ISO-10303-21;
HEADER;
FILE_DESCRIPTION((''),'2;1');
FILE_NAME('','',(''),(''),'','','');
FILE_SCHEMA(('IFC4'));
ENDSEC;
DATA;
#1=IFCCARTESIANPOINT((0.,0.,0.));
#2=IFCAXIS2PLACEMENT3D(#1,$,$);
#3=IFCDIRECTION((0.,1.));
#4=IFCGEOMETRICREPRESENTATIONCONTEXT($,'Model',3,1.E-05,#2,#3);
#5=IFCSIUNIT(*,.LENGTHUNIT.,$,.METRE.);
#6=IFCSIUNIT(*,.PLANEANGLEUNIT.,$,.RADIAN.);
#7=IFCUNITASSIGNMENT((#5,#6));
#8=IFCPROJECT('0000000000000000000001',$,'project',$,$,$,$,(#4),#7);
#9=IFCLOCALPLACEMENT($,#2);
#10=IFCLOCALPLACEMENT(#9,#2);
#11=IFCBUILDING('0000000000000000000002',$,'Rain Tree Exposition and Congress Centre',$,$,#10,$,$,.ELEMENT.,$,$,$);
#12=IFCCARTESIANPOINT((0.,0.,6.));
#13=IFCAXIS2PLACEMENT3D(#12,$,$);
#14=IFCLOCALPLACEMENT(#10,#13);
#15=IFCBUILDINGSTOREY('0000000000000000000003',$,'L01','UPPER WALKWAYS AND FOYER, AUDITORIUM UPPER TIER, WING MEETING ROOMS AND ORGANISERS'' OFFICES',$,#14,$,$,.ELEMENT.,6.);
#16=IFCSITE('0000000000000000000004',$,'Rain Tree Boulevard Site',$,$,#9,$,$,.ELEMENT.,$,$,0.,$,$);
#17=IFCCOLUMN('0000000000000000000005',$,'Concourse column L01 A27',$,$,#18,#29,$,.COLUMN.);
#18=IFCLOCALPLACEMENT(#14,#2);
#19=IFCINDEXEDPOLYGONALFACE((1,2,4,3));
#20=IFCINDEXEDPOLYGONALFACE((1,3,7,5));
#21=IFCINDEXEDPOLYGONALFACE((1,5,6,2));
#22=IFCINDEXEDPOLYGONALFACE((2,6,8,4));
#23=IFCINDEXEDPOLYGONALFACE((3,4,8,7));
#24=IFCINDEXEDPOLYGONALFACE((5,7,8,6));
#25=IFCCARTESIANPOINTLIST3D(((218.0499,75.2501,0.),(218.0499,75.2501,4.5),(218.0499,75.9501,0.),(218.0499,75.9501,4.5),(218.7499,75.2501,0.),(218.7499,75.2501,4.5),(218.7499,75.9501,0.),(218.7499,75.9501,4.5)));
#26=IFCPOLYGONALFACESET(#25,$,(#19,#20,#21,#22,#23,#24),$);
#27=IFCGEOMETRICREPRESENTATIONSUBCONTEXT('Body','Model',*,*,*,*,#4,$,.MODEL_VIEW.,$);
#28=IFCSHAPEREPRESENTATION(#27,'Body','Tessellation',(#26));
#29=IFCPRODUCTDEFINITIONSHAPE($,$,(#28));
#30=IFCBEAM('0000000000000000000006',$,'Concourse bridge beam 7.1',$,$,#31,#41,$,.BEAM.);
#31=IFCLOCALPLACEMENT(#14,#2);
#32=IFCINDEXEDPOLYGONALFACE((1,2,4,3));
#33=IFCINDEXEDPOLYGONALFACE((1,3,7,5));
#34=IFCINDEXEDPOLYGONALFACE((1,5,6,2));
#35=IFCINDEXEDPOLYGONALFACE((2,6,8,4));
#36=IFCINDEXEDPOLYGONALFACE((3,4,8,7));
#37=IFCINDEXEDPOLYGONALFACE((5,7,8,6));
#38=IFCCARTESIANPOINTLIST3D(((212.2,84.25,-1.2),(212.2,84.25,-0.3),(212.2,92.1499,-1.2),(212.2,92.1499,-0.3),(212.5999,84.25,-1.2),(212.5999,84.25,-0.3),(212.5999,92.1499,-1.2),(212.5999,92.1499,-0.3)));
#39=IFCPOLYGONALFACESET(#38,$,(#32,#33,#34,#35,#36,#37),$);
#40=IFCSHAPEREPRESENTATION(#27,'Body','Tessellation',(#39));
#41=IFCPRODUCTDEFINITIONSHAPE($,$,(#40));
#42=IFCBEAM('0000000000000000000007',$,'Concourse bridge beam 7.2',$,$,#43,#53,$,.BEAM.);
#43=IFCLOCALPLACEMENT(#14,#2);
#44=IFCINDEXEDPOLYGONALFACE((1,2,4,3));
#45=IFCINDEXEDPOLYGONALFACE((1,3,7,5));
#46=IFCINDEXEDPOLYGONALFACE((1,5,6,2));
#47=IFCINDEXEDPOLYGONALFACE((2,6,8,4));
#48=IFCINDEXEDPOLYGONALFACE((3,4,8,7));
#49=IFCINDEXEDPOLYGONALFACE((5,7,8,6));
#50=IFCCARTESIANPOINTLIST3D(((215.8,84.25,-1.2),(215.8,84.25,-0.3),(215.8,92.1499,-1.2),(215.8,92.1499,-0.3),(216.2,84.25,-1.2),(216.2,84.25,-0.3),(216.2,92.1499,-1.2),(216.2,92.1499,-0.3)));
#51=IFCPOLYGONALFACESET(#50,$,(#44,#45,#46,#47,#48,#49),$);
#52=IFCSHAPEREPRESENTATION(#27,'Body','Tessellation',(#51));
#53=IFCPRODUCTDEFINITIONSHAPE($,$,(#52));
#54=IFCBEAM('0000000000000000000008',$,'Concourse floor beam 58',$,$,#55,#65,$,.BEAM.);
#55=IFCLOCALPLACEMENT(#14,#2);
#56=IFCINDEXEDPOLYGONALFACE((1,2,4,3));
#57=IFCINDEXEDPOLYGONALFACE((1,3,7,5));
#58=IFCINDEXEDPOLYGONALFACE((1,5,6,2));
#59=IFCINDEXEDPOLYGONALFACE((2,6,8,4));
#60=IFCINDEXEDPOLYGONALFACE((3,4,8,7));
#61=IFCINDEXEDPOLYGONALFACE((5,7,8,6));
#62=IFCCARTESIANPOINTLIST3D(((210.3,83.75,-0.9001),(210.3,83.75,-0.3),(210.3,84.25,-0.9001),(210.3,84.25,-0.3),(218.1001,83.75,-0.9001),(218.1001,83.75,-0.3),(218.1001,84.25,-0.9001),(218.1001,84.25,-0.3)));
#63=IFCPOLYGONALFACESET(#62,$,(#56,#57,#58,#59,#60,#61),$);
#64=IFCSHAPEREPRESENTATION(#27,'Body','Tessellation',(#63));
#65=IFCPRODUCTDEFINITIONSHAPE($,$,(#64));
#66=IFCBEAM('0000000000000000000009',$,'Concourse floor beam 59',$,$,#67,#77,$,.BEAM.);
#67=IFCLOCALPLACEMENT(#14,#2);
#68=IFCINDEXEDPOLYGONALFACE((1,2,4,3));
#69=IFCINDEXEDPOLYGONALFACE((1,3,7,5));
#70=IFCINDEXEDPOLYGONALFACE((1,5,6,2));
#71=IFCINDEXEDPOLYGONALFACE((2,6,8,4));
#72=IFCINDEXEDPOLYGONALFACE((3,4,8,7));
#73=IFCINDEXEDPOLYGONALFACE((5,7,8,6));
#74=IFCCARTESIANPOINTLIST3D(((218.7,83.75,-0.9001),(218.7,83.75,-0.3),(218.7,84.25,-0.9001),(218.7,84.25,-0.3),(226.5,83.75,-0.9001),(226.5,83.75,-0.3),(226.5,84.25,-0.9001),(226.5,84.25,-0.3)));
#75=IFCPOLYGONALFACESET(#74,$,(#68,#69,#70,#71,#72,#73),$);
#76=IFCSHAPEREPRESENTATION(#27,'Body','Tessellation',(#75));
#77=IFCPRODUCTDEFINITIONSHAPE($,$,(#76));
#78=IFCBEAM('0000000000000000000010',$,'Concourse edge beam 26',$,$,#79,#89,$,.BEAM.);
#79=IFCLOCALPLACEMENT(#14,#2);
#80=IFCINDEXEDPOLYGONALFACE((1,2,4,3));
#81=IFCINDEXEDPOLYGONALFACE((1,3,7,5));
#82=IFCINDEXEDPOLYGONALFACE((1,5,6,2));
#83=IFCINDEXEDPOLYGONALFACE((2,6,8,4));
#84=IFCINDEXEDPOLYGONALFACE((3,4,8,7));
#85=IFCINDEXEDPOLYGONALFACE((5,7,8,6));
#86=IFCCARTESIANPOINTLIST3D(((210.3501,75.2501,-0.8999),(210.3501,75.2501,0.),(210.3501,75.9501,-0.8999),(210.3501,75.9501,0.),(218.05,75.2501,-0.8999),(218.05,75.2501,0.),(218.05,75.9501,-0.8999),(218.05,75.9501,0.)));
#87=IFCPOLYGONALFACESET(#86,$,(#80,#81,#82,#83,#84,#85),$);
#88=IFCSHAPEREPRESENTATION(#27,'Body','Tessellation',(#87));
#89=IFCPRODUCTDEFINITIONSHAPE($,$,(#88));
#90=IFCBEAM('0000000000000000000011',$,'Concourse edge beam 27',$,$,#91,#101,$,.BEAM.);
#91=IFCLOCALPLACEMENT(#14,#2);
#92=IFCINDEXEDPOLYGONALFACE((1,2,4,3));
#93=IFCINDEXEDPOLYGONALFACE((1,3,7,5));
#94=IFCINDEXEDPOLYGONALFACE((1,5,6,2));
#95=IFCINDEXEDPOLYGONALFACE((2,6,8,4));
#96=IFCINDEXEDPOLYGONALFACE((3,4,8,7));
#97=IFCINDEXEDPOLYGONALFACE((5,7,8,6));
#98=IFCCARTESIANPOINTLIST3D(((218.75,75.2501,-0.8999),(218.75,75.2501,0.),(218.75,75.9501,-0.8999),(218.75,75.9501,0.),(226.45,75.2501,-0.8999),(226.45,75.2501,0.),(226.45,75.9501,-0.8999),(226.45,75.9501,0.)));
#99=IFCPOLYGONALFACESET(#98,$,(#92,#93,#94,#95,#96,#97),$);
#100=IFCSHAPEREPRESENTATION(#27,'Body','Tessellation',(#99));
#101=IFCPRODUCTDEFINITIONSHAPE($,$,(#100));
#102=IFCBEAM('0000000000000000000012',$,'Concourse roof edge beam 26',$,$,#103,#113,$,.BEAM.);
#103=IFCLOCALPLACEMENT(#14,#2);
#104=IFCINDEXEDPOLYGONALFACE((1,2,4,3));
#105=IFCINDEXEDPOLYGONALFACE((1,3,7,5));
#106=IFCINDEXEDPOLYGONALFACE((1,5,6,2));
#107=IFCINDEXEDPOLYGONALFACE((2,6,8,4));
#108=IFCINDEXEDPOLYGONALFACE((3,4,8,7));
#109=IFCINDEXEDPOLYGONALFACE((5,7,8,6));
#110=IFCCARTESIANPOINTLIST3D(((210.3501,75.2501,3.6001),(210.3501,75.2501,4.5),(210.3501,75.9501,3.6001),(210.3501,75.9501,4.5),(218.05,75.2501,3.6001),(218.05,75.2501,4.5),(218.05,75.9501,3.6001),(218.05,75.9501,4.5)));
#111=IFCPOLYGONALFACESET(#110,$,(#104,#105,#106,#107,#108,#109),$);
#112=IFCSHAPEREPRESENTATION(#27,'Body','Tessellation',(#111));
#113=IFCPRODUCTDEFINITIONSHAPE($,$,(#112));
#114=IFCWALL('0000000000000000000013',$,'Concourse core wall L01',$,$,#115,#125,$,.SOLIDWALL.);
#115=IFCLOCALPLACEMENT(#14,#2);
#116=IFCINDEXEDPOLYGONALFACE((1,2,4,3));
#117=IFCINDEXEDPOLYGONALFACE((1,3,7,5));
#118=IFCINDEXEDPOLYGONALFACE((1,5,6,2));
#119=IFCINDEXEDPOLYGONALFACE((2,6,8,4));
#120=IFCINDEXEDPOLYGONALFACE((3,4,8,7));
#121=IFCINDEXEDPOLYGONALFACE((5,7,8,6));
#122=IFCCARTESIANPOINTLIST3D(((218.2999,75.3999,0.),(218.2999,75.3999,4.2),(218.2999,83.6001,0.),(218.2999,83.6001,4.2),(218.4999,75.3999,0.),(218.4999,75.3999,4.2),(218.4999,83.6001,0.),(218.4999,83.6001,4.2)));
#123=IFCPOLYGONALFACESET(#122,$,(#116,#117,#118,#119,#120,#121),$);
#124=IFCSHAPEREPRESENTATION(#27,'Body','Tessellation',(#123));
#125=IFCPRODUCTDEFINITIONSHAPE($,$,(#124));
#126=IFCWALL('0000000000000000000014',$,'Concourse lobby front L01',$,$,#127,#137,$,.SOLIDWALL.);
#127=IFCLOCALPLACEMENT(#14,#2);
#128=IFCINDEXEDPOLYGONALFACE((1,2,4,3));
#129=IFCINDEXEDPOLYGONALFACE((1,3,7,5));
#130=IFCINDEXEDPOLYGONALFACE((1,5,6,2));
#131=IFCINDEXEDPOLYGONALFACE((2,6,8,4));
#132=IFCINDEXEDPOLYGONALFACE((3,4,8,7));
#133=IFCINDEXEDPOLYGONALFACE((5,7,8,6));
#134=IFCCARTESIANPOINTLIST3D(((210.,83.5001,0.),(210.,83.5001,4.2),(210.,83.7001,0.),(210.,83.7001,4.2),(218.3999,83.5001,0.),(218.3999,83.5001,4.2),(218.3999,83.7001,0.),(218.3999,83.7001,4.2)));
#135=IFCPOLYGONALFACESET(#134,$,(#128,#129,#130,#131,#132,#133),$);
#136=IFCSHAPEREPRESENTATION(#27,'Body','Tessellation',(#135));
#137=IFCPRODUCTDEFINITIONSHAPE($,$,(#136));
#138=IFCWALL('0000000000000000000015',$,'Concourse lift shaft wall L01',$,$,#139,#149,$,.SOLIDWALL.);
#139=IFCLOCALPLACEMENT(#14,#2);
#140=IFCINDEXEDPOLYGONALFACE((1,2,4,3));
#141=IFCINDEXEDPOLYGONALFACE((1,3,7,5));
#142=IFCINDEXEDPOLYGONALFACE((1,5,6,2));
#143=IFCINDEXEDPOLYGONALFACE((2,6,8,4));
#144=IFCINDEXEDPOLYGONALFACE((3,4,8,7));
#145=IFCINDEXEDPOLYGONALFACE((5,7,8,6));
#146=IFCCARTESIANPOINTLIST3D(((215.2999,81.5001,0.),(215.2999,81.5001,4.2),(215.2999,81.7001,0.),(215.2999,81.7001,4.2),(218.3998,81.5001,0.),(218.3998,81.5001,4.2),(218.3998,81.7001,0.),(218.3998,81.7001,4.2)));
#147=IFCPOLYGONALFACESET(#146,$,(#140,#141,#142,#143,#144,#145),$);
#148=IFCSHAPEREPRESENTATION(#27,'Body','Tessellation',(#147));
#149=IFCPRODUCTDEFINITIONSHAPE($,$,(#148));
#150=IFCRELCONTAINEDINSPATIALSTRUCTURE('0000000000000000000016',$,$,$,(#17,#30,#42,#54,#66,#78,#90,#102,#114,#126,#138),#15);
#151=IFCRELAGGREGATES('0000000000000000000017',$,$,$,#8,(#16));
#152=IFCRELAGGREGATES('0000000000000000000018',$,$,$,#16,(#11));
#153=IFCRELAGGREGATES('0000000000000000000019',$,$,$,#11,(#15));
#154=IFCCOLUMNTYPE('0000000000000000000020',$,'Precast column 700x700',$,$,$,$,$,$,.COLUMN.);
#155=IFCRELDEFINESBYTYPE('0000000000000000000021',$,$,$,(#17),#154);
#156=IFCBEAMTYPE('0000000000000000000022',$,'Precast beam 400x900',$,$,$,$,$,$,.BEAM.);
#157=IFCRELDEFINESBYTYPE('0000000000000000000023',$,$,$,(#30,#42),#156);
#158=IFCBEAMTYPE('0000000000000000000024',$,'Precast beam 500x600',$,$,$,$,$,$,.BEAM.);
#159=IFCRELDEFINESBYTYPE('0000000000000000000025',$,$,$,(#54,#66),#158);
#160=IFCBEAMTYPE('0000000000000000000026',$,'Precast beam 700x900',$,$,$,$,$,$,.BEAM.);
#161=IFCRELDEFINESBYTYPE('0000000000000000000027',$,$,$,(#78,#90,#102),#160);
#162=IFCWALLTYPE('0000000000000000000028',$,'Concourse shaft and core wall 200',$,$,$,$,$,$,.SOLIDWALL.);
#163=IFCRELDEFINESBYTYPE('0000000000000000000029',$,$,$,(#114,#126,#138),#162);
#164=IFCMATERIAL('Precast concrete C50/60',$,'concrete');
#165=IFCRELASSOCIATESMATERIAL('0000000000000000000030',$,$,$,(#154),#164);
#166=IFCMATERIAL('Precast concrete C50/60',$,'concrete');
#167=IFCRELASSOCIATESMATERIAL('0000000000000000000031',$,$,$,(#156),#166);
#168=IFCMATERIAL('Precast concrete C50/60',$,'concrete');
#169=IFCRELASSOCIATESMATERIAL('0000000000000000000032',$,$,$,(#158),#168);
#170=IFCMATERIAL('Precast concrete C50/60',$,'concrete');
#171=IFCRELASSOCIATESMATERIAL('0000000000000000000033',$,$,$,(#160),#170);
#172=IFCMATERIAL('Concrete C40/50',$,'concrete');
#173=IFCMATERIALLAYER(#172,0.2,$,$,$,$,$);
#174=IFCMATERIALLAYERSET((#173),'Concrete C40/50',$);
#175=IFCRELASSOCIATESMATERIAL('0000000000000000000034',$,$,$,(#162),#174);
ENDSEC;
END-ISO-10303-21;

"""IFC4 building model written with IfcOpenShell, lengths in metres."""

from ifc_helpers import new_model, si_unit, direction, frame, frame_2d, origin, origin_2d, place, context, subcontext, project, spatial, rectangle, extrude, material, layer, layer_set, material_profile, profile_set, type_object, element, save


model = new_model("IFC4")

# Units and contexts
model_context = context("Model", 3, precision=1e-05, world=origin(), true_north=direction((0.0, 1.0)))
body_context = subcontext(model_context, "Body", "Model", "MODEL_VIEW")
ifc_project = project(units=[si_unit("LENGTHUNIT", "METRE"), si_unit("PLANEANGLEUNIT", "RADIAN")], contexts=[model_context])

# Site, building, storey
site_placement = place(None, origin())
site = spatial("IfcSite", under=ifc_project, at=site_placement, Name="Rain Tree Boulevard Site", CompositionType="ELEMENT", RefElevation=0.0)
building_placement = place(site_placement, origin())
building = spatial("IfcBuilding", under=site, at=building_placement, Name="Rain Tree Exposition and Congress Centre", CompositionType="ELEMENT")
storey_placement = place(building_placement, frame((0.0, 0.0, 6.0)))
storey = spatial("IfcBuildingStorey", under=building, at=storey_placement, Name="L01", Description="UPPER WALKWAYS AND FOYER, AUDITORIUM UPPER TIER, WING MEETING ROOMS AND ORGANISERS' OFFICES", CompositionType="ELEMENT", Elevation=6.0)

# Column
ifc_material_1 = material(Name="Precast concrete C50/60", Category="concrete")
ifc_material_profile_1 = material_profile(ifc_material_1, rectangle(XDim=0.7, YDim=0.7, at=origin_2d()), Name="RC 700x700")
ifc_profile_set_1 = profile_set([ifc_material_profile_1], Name="Precast concrete C50/60")
column_type = type_object("IfcColumnType", Name="Precast column 700x700", PredefinedType="COLUMN", material=ifc_profile_set_1)
column_placement = place(storey_placement, frame((218.3999, 75.6001, 0.0), z_axis=(0.0, 0.0, 1.0), x_axis=(1.0, 0.0, 0.0)))
element("IfcColumn", 1, at=column_placement, inside=storey, type_object=column_type, Name="Concourse column L01 A27", PredefinedType="COLUMN", context=body_context, shape_type="SweptSolid", body=[
    extrude(rectangle(XDim=0.7, YDim=0.7, at=origin_2d()), origin(), (0.0, 0.0, 1.0), 4.5),
])

# Beams
ifc_material_2 = material(Name="Precast concrete C50/60", Category="concrete")
ifc_material_profile_2 = material_profile(ifc_material_2, rectangle(XDim=0.3999, YDim=0.8999, at=origin_2d()), Name="RC 400x900")
ifc_profile_set_2 = profile_set([ifc_material_profile_2], Name="Precast concrete C50/60")
beam_type_1 = type_object("IfcBeamType", Name="Precast beam 400x900", PredefinedType="BEAM", material=ifc_profile_set_2)
for number, where, z_axis, x_axis, name in (
    (2, (212.3999, 84.25, -0.75), (0.0, 1.0, 0.0), (-1.0, 0.0, 0.0), "Concourse bridge beam 7.1"),
    (3, (216.0, 84.25, -0.75), (0.0, 1.0, 0.0), (-1.0, 0.0, 0.0), "Concourse bridge beam 7.2"),
):
    element("IfcBeam", number, at=place(storey_placement, frame(where, z_axis=z_axis, x_axis=x_axis)), inside=storey, type_object=beam_type_1, Name=name, PredefinedType="BEAM", context=body_context, shape_type="SweptSolid", body=[
        extrude(rectangle(XDim=0.3999, YDim=0.8999, at=origin_2d()), origin(), (0.0, 0.0, 1.0), 7.8999),
    ])
ifc_material_3 = material(Name="Precast concrete C50/60", Category="concrete")
ifc_material_profile_3 = material_profile(ifc_material_3, rectangle(XDim=0.5, YDim=0.6001, at=origin_2d()), Name="RC 500x600")
ifc_profile_set_3 = profile_set([ifc_material_profile_3], Name="Precast concrete C50/60")
beam_type_2 = type_object("IfcBeamType", Name="Precast beam 500x600", PredefinedType="BEAM", material=ifc_profile_set_3)
for number, where, z_axis, x_axis, name in (
    (4, (210.3, 84.0, -0.6001), (1.0, 0.0, 0.0), (0.0, 1.0, 0.0), "Concourse floor beam 58"),
    (5, (218.7, 84.0, -0.6001), (1.0, 0.0, 0.0), (0.0, 1.0, 0.0), "Concourse floor beam 59"),
):
    element("IfcBeam", number, at=place(storey_placement, frame(where, z_axis=z_axis, x_axis=x_axis)), inside=storey, type_object=beam_type_2, Name=name, PredefinedType="BEAM", context=body_context, shape_type="SweptSolid", body=[
        extrude(rectangle(XDim=0.5, YDim=0.6001, at=origin_2d()), origin(), (0.0, 0.0, 1.0), 7.8),
    ])
ifc_material_4 = material(Name="Precast concrete C50/60", Category="concrete")
ifc_material_profile_4 = material_profile(ifc_material_4, rectangle(XDim=0.7, YDim=0.8999, at=origin_2d()), Name="RC 700x900")
ifc_profile_set_4 = profile_set([ifc_material_profile_4], Name="Precast concrete C50/60")
beam_type_3 = type_object("IfcBeamType", Name="Precast beam 700x900", PredefinedType="BEAM", material=ifc_profile_set_4)
for number, where, z_axis, x_axis, name in (
    (6, (210.3501, 75.6001, -0.45), (1.0, 0.0, 0.0), (0.0, 1.0, 0.0), "Concourse edge beam 26"),
    (7, (218.75, 75.6001, -0.45), (1.0, 0.0, 0.0), (0.0, 1.0, 0.0), "Concourse edge beam 27"),
    (8, (210.3501, 75.6001, 4.05), (1.0, 0.0, 0.0), (0.0, 1.0, 0.0), "Concourse roof edge beam 26"),
):
    element("IfcBeam", number, at=place(storey_placement, frame(where, z_axis=z_axis, x_axis=x_axis)), inside=storey, type_object=beam_type_3, Name=name, PredefinedType="BEAM", context=body_context, shape_type="SweptSolid", body=[
        extrude(rectangle(XDim=0.7, YDim=0.8999, at=origin_2d()), origin(), (0.0, 0.0, 1.0), 7.7),
    ])

# Walls
ifc_material_5 = material(Name="Concrete C40/50", Category="concrete")
ifc_layer_1 = layer(ifc_material_5, 0.2)
ifc_layer_set_1 = layer_set([ifc_layer_1], Name="Concrete C40/50")
wall_type_1 = type_object("IfcWallType", Name="Concourse shaft and core wall 200", PredefinedType="SOLIDWALL", material=ifc_layer_set_1)
wall_1_placement = place(storey_placement, frame((218.3999, 75.3999, 0.0), z_axis=(0.0, 0.0, 1.0), x_axis=(0.0, 1.0, 0.0)))
element("IfcWall", 9, at=wall_1_placement, inside=storey, type_object=wall_type_1, Name="Concourse core wall L01", PredefinedType="SOLIDWALL", context=body_context, shape_type="SweptSolid", body=[
    extrude(rectangle(XDim=8.2002, YDim=0.2, at=frame_2d((4.1001, 0.0))), origin(), (0.0, 0.0, 1.0), 4.2),
])
wall_2_placement = place(storey_placement, frame((210.0, 83.6001, 0.0), z_axis=(0.0, 0.0, 1.0), x_axis=(1.0, 0.0, 0.0)))
element("IfcWall", 10, at=wall_2_placement, inside=storey, type_object=wall_type_1, Name="Concourse lobby front L01", PredefinedType="SOLIDWALL", context=body_context, shape_type="SweptSolid", body=[
    extrude(rectangle(XDim=8.3999, YDim=0.2, at=frame_2d((4.2, 0.0))), origin(), (0.0, 0.0, 1.0), 4.2),
])

# Wall
wall_3_placement = place(storey_placement, frame((215.3, 81.6001, 0.0), z_axis=(0.0, 0.0, 1.0), x_axis=(1.0, 0.0, 0.0)))
element("IfcWall", 11, at=wall_3_placement, inside=storey, type_object=wall_type_1, Name="Concourse lift shaft wall L01", PredefinedType="SOLIDWALL", context=body_context, shape_type="SweptSolid", body=[
    extrude(rectangle(XDim=3.0999, YDim=0.2, at=frame_2d((1.5498, 0.0))), origin(), (0.0, 0.0, 1.0), 4.2),
])

save(model, "model.ifc")
